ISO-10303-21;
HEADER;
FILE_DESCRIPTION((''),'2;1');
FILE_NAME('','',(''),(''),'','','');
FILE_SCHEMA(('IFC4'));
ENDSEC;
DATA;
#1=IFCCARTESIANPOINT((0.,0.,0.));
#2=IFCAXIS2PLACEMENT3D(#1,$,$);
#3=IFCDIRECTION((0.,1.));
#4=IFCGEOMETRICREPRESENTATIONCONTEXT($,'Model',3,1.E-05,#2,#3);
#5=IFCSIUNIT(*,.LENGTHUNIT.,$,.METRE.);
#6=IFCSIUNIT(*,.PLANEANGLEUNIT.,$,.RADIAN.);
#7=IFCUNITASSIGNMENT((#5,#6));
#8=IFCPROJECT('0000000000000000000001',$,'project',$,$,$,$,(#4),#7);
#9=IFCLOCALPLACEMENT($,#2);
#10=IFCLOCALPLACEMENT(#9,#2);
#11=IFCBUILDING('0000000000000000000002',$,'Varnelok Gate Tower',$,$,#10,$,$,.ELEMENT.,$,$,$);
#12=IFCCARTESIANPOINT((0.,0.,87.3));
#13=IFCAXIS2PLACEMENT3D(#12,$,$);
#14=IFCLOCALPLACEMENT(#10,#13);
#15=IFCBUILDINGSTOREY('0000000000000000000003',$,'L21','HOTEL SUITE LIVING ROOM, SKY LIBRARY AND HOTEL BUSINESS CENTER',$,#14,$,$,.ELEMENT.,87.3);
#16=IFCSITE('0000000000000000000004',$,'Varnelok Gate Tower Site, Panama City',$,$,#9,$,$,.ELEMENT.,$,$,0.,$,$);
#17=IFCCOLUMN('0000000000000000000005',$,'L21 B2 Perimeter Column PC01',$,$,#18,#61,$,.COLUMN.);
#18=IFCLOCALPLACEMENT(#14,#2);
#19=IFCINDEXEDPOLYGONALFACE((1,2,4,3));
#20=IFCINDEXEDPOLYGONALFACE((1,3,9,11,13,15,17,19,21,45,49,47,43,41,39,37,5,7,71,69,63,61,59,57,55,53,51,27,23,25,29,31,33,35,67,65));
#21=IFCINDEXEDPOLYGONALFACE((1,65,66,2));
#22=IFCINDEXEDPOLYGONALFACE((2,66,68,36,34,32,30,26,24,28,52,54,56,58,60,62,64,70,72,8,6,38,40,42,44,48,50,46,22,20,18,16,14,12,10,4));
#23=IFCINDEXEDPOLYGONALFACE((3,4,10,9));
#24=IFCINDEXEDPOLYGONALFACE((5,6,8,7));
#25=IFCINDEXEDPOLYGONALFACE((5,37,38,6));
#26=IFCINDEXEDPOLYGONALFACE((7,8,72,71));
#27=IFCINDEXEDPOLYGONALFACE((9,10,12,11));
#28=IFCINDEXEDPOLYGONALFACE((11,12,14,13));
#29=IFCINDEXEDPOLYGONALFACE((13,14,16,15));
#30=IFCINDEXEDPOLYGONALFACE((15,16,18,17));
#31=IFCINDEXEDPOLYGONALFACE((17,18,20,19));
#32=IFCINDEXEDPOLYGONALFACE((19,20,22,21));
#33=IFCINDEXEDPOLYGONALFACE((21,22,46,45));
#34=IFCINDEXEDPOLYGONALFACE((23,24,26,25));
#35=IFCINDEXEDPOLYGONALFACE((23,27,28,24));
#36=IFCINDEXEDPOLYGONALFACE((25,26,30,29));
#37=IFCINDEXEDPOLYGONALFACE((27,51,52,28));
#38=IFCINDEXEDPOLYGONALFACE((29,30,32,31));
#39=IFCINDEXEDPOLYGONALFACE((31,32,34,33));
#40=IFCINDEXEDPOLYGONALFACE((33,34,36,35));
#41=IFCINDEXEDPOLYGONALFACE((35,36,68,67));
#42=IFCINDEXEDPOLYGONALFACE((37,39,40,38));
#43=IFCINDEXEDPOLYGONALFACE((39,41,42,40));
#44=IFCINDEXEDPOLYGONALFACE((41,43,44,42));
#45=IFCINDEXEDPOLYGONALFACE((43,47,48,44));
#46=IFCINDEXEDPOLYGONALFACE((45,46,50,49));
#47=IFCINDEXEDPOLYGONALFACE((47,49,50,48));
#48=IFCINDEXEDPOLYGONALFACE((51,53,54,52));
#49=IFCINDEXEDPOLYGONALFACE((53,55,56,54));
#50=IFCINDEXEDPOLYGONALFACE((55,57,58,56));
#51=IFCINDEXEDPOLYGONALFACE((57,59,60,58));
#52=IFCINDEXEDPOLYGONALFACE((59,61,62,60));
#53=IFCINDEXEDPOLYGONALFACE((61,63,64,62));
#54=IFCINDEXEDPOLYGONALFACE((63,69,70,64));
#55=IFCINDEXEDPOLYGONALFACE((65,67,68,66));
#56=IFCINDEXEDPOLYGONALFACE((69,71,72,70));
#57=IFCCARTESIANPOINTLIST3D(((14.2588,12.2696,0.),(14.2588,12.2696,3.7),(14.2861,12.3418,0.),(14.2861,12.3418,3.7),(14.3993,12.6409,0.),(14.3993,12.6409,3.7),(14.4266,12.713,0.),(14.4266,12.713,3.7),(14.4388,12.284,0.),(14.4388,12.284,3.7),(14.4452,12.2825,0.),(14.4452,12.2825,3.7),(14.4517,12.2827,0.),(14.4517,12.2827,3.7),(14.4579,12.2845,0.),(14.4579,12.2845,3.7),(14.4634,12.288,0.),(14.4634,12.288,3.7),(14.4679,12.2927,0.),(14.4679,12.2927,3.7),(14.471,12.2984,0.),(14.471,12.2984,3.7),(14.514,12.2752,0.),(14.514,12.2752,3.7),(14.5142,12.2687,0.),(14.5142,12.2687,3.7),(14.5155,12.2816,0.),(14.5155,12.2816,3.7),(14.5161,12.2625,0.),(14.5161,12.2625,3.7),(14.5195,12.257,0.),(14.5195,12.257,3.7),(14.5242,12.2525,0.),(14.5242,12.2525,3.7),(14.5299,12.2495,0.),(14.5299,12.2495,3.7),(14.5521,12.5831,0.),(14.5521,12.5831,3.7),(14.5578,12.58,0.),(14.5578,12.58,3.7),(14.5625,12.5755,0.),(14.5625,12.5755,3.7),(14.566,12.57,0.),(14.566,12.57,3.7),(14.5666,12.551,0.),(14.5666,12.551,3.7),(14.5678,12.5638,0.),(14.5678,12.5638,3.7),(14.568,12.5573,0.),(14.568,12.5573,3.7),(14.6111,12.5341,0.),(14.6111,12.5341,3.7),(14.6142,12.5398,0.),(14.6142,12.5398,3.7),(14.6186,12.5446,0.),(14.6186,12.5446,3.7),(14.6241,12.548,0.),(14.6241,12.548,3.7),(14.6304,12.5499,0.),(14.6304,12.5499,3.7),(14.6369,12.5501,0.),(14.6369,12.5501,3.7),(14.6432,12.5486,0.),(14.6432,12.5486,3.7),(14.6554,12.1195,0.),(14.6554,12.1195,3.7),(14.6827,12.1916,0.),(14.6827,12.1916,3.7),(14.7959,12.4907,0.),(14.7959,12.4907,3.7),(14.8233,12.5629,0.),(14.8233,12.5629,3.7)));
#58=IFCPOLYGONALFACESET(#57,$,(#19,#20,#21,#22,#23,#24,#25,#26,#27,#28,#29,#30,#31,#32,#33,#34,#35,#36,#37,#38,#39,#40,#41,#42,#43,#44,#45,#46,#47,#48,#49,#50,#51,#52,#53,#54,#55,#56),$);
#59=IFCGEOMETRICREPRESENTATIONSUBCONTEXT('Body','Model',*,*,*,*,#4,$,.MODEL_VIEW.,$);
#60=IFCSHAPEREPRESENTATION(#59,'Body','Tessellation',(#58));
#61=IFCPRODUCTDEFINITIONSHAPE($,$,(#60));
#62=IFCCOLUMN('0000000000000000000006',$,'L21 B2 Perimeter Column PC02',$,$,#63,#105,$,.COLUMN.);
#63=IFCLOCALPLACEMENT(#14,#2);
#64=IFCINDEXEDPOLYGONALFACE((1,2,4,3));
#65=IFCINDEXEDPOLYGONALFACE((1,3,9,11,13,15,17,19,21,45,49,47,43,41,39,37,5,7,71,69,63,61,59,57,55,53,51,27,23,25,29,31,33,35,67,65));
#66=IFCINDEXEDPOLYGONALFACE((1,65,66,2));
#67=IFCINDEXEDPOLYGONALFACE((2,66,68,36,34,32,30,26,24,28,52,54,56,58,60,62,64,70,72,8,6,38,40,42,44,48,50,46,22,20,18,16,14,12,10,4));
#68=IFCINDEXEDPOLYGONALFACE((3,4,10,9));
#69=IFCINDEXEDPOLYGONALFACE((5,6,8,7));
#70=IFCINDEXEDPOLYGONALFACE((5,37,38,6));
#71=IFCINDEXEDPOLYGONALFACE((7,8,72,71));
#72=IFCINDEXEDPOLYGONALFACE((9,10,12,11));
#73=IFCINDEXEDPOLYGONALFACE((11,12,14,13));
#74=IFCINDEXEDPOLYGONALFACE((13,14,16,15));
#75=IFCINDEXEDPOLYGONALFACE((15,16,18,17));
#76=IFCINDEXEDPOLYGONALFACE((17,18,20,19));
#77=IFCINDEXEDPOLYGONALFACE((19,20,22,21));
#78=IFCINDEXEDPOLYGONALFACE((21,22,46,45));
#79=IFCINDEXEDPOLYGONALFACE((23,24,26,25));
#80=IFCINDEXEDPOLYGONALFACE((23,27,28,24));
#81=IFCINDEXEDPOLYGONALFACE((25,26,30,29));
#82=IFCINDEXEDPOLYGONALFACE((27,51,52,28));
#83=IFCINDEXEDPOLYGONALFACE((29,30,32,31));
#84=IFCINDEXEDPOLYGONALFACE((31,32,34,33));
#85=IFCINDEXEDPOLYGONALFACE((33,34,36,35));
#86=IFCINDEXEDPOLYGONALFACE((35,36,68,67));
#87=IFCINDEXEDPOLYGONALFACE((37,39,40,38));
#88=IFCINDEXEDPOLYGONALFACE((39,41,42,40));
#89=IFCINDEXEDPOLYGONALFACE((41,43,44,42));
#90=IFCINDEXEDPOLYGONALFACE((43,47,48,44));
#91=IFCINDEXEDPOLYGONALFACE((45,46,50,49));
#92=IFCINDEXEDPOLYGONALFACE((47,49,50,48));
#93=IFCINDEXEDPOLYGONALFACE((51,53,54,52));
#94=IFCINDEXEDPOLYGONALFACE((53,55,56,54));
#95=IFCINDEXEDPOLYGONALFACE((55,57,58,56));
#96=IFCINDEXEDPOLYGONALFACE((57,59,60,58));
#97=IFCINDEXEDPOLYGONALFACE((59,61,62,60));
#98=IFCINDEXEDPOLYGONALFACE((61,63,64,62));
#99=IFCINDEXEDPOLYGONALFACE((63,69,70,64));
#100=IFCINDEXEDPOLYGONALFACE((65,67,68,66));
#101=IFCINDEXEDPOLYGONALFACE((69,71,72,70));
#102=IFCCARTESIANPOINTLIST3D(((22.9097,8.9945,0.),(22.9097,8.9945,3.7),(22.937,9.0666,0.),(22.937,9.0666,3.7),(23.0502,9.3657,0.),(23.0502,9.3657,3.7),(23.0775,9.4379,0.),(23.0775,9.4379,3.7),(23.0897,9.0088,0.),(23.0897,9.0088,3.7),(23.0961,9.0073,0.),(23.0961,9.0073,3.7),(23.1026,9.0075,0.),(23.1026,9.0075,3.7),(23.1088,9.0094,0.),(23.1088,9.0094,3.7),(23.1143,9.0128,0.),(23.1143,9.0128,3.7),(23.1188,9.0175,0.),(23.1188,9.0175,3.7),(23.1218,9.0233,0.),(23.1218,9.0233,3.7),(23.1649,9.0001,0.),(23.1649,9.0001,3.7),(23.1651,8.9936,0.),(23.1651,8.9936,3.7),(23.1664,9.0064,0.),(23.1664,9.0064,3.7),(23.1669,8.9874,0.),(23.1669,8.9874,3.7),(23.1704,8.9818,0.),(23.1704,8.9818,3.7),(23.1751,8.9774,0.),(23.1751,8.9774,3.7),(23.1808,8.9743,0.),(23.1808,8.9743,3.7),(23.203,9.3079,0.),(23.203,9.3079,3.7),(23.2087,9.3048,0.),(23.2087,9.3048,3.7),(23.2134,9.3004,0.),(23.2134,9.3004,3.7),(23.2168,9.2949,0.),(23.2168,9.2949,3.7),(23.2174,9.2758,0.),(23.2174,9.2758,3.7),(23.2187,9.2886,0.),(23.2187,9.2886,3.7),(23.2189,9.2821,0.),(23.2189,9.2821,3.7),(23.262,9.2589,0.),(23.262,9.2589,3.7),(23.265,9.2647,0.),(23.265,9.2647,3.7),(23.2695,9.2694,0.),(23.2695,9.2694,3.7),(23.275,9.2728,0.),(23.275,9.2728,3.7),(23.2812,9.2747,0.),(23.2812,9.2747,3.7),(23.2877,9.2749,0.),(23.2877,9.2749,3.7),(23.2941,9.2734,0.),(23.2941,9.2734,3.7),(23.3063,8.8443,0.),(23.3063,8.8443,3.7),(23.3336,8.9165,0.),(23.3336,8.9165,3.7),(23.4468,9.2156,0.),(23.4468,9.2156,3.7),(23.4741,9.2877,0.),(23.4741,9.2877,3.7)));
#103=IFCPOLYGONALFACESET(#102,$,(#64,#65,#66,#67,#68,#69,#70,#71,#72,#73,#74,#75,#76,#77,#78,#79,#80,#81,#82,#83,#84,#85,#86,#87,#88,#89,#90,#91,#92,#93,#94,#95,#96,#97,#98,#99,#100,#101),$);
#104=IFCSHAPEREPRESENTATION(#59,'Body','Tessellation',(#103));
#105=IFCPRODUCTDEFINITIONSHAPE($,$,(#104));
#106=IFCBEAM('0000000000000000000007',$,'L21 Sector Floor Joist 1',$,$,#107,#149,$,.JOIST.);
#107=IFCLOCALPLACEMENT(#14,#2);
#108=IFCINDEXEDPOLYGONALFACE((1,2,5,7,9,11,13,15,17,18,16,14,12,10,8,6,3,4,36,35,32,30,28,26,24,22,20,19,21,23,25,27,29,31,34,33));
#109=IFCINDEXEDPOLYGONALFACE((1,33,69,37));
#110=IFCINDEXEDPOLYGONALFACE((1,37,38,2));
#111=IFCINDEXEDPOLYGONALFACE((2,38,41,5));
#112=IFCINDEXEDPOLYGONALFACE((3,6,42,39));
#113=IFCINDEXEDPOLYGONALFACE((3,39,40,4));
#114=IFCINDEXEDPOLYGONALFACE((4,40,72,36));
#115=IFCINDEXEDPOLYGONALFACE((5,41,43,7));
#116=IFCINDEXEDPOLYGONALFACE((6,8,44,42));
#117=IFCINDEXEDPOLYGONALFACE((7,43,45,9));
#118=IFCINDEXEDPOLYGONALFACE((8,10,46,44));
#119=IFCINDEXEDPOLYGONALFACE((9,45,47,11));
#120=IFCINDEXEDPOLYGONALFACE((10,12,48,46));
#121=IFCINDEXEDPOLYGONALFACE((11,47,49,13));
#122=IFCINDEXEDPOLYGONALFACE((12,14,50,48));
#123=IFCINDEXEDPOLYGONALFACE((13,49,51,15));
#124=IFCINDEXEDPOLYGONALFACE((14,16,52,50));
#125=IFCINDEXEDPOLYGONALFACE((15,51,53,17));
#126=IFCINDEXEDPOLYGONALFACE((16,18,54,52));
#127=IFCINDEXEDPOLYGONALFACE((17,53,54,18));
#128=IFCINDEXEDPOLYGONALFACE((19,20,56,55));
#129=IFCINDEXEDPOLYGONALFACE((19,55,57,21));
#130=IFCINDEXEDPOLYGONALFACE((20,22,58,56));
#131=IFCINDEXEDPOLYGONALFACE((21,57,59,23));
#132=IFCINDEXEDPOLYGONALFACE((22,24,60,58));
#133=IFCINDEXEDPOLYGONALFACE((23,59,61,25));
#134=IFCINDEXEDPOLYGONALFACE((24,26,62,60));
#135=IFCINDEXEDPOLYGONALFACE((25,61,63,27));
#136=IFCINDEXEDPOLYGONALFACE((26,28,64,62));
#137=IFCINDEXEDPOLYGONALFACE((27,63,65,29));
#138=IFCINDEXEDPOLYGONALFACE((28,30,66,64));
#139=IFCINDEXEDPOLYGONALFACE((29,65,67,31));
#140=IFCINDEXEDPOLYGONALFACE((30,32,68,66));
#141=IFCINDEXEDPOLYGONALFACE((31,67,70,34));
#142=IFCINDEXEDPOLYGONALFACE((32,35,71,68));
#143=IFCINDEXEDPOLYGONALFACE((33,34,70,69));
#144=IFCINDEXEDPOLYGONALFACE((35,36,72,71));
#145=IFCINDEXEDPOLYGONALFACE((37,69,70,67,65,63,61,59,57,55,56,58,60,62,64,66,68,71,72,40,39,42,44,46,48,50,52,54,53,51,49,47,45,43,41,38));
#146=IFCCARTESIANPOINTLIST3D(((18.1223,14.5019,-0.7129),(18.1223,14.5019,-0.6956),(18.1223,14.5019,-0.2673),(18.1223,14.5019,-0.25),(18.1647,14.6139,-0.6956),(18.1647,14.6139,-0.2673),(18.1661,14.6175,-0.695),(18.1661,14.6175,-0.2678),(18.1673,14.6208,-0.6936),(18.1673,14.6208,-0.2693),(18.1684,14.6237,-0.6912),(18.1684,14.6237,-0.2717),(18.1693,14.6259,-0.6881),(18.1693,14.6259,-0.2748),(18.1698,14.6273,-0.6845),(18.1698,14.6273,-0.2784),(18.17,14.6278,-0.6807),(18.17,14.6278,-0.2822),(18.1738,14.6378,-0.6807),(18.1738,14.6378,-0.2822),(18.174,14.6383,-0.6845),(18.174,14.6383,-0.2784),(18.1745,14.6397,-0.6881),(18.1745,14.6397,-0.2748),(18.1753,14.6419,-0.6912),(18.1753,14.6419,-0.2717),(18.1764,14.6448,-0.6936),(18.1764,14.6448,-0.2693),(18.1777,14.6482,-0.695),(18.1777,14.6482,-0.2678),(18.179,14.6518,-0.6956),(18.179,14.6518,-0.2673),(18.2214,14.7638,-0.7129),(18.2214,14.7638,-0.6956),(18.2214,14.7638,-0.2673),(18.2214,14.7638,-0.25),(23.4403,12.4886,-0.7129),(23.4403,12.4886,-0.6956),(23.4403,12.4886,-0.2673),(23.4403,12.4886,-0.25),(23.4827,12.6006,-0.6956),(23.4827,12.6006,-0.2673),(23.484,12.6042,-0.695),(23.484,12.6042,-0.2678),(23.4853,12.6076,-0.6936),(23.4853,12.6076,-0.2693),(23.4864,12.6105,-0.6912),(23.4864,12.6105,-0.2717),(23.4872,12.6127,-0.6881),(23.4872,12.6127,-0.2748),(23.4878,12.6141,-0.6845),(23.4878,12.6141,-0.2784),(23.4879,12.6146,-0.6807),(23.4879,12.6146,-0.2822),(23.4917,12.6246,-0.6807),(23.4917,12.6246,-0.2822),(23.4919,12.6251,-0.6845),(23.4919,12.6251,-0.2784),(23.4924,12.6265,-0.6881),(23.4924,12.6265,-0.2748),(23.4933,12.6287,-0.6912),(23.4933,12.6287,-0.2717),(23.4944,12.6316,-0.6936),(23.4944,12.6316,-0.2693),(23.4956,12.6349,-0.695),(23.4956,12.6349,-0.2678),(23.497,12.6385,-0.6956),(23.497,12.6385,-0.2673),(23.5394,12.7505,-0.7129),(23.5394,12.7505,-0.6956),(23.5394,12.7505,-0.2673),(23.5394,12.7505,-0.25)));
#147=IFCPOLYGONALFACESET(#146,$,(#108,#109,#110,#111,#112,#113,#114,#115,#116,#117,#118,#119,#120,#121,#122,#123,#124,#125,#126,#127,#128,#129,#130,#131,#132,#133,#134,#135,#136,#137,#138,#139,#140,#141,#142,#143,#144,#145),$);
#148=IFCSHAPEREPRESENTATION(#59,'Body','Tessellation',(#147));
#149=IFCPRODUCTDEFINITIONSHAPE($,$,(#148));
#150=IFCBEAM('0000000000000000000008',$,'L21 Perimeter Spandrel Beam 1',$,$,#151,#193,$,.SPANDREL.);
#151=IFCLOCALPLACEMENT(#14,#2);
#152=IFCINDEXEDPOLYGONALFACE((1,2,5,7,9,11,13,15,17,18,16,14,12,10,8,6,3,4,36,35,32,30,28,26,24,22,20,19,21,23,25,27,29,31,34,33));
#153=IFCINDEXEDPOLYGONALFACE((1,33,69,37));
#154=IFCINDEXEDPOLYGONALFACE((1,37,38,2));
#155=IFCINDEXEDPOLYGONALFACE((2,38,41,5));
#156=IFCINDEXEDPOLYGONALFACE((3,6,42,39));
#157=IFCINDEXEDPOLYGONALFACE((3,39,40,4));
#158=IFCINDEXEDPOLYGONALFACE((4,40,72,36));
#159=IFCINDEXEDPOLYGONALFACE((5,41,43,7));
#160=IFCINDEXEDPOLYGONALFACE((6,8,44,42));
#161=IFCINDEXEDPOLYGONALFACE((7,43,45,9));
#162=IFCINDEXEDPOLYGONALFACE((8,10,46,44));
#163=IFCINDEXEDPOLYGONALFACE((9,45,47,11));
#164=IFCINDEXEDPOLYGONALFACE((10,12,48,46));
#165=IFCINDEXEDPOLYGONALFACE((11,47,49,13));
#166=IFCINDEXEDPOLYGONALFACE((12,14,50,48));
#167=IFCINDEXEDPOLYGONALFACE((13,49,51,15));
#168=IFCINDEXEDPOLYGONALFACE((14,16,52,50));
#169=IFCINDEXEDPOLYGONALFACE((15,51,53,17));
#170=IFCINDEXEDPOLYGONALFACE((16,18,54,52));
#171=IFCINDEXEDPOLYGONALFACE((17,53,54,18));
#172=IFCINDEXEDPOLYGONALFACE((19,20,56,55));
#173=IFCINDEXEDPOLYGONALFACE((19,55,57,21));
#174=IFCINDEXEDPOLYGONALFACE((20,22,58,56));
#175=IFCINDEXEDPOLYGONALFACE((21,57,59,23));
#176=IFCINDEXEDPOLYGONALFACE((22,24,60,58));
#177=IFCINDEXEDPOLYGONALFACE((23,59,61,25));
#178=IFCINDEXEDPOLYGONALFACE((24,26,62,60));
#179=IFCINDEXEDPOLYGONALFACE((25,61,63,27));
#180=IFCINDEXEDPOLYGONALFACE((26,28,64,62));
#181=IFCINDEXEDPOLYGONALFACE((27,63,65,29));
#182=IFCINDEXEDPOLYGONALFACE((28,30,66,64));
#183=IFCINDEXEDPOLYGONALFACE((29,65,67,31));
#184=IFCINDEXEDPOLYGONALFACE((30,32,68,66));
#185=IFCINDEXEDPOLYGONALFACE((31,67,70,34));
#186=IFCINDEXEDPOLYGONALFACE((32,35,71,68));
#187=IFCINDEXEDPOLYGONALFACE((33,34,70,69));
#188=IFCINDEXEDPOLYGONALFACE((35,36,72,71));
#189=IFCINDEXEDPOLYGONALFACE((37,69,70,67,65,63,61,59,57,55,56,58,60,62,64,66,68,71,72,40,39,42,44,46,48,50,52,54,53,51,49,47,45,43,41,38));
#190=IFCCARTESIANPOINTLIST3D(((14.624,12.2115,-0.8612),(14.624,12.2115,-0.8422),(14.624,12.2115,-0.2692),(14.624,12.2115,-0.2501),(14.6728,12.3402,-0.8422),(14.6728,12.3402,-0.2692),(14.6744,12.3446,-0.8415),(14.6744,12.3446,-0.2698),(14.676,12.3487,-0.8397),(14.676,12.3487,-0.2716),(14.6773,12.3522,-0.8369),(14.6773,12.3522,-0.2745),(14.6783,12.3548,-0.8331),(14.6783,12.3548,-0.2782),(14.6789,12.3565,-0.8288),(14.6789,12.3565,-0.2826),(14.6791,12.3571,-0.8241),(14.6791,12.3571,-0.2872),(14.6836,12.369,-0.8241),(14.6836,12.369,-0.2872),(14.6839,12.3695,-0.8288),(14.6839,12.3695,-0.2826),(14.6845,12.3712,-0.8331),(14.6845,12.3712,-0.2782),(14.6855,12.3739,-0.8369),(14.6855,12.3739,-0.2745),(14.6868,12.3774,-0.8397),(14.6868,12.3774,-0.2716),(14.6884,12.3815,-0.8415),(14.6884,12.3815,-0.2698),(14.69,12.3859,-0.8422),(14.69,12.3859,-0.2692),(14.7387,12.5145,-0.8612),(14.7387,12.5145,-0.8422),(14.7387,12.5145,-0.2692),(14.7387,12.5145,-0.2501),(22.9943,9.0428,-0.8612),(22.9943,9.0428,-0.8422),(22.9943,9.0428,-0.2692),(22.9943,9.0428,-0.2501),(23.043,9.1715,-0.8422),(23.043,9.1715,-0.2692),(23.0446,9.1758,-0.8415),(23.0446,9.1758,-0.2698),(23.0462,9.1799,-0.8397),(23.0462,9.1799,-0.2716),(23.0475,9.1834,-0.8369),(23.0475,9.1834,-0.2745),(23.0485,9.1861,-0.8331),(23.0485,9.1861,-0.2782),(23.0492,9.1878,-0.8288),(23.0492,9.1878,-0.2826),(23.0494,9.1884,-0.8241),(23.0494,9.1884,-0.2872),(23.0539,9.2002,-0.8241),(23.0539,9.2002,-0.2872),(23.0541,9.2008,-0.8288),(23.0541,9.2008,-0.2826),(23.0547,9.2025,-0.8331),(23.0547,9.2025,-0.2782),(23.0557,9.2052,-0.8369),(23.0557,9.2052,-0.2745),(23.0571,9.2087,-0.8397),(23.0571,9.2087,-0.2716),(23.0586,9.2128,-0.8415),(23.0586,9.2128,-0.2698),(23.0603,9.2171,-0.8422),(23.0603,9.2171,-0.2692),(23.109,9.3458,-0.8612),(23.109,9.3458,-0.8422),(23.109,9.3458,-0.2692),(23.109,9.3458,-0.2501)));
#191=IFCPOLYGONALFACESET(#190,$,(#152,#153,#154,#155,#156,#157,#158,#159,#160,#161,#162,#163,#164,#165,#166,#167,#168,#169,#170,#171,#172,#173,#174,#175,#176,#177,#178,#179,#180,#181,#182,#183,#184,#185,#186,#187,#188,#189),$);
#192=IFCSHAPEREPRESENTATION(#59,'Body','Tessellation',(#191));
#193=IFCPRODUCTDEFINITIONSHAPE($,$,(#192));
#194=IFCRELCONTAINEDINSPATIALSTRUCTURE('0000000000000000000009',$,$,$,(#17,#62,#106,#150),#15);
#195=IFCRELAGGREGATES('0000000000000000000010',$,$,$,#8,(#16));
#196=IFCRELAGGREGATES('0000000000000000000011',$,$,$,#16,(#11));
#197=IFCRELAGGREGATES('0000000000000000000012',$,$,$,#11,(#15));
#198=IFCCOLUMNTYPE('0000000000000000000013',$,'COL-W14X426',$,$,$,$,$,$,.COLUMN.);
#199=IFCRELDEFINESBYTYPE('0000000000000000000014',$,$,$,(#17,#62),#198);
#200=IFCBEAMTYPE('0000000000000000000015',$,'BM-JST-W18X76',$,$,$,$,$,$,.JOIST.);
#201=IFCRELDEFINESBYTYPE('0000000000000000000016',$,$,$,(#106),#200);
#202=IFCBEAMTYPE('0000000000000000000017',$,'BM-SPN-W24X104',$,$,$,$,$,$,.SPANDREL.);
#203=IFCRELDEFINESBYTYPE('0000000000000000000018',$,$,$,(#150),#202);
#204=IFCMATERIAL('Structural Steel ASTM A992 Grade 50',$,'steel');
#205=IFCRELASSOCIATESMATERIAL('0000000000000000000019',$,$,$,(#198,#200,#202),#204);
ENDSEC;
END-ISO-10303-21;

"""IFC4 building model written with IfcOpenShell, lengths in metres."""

from ifc_helpers import new_model, si_unit, direction, frame, origin, origin_2d, place, context, subcontext, project, spatial, i_section, extrude, material, material_profile, profile_set, type_object, element, save


model = new_model("IFC4")

# Units and contexts
model_context = context("Model", 3, precision=1e-05, world=origin(), true_north=direction((0.0, 1.0)))
body_context = subcontext(model_context, "Body", "Model", "MODEL_VIEW")
ifc_project = project(units=[si_unit("LENGTHUNIT", "METRE"), si_unit("PLANEANGLEUNIT", "RADIAN")], contexts=[model_context])

# Site, building, storey
site_placement = place(None, origin())
site = spatial("IfcSite", under=ifc_project, at=site_placement, Name="Varnelok Gate Tower Site, Panama City", CompositionType="ELEMENT", RefElevation=0.0)
building_placement = place(site_placement, origin())
building = spatial("IfcBuilding", under=site, at=building_placement, Name="Varnelok Gate Tower", CompositionType="ELEMENT")
storey_placement = place(building_placement, frame((0.0, 0.0, 87.3)))
storey = spatial("IfcBuildingStorey", under=building, at=storey_placement, Name="L21", Description="HOTEL SUITE LIVING ROOM, SKY LIBRARY AND HOTEL BUSINESS CENTER", CompositionType="ELEMENT", Elevation=87.3)

# Columns
ifc_material_1 = material(Name="Structural Steel ASTM A992 Grade 50", Category="steel")
ifc_material_profile_1 = material_profile(ifc_material_1, i_section(OverallWidth=0.4241, OverallDepth=0.4741, WebThickness=0.0476, FlangeThickness=0.0771, FilletRadius=0.0249, at=origin_2d()), Name="W14X426")
ifc_profile_set_1 = profile_set([ifc_material_profile_1], Name="Structural Steel ASTM A992 Grade 50")
column_type = type_object("IfcColumnType", Name="COL-W14X426", PredefinedType="COLUMN", material=ifc_profile_set_1)
for number, where, z_axis, x_axis, name in (
    (1, (14.541, 12.4163, 0.0), (0.0, 0.0, 1.0), (0.935222, -0.354063, 0.0), "L21 B2 Perimeter Column PC01"),
    (2, (23.1919, 9.1411, 0.0), (0.0, 0.0, 1.0), (0.935222, -0.354063, 0.0), "L21 B2 Perimeter Column PC02"),
):
    element("IfcColumn", number, at=place(storey_placement, frame(where, z_axis=z_axis, x_axis=x_axis)), inside=storey, type_object=column_type, Name=name, PredefinedType="COLUMN", context=body_context, shape_type="SweptSolid", body=[
        extrude(i_section(OverallWidth=0.4241, OverallDepth=0.4741, WebThickness=0.0476, FlangeThickness=0.0771, FilletRadius=0.0249, at=origin_2d()), origin(), (0.0, 0.0, 1.0), 3.7),
    ])

# Beams
ifc_material_profile_2 = material_profile(ifc_material_1, i_section(OverallWidth=0.28, OverallDepth=0.4629, WebThickness=0.0107, FlangeThickness=0.0173, FilletRadius=0.0149, at=origin_2d()), Name="W18X76")
ifc_profile_set_2 = profile_set([ifc_material_profile_2], Name="Structural Steel ASTM A992 Grade 50")
beam_type_1 = type_object("IfcBeamType", Name="BM-JST-W18X76", PredefinedType="JOIST", material=ifc_profile_set_2)
beam_1_placement = place(storey_placement, frame((18.1719, 14.6328, -0.4814), z_axis=(0.935227, -0.354048, 0.0), x_axis=(0.354048, 0.935227, 0.0)))
element("IfcBeam", 3, at=beam_1_placement, inside=storey, type_object=beam_type_1, Name="L21 Sector Floor Joist 1", PredefinedType="JOIST", context=body_context, shape_type="SweptSolid", body=[
    extrude(i_section(OverallWidth=0.28, OverallDepth=0.4629, WebThickness=0.0107, FlangeThickness=0.0173, FilletRadius=0.0149, at=origin_2d()), origin(), (0.0, 0.0, 1.0), 5.6863),
])
ifc_material_profile_3 = material_profile(ifc_material_1, i_section(OverallWidth=0.324, OverallDepth=0.6111, WebThickness=0.0127, FlangeThickness=0.019, FilletRadius=0.0181, at=origin_2d()), Name="W24X104")
ifc_profile_set_3 = profile_set([ifc_material_profile_3], Name="Structural Steel ASTM A992 Grade 50")
beam_type_2 = type_object("IfcBeamType", Name="BM-SPN-W24X104", PredefinedType="SPANDREL", material=ifc_profile_set_3)
beam_2_placement = place(storey_placement, frame((14.6814, 12.363, -0.5557), z_axis=(0.935226, -0.354051, 0.0), x_axis=(0.354051, 0.935226, 0.0)))
element("IfcBeam", 4, at=beam_2_placement, inside=storey, type_object=beam_type_2, Name="L21 Perimeter Spandrel Beam 1", PredefinedType="SPANDREL", context=body_context, shape_type="SweptSolid", body=[
    extrude(i_section(OverallWidth=0.324, OverallDepth=0.6111, WebThickness=0.0127, FlangeThickness=0.019, FilletRadius=0.0181, at=origin_2d()), origin(), (0.0, 0.0, 1.0), 8.95),
])

save(model, "model.ifc")
